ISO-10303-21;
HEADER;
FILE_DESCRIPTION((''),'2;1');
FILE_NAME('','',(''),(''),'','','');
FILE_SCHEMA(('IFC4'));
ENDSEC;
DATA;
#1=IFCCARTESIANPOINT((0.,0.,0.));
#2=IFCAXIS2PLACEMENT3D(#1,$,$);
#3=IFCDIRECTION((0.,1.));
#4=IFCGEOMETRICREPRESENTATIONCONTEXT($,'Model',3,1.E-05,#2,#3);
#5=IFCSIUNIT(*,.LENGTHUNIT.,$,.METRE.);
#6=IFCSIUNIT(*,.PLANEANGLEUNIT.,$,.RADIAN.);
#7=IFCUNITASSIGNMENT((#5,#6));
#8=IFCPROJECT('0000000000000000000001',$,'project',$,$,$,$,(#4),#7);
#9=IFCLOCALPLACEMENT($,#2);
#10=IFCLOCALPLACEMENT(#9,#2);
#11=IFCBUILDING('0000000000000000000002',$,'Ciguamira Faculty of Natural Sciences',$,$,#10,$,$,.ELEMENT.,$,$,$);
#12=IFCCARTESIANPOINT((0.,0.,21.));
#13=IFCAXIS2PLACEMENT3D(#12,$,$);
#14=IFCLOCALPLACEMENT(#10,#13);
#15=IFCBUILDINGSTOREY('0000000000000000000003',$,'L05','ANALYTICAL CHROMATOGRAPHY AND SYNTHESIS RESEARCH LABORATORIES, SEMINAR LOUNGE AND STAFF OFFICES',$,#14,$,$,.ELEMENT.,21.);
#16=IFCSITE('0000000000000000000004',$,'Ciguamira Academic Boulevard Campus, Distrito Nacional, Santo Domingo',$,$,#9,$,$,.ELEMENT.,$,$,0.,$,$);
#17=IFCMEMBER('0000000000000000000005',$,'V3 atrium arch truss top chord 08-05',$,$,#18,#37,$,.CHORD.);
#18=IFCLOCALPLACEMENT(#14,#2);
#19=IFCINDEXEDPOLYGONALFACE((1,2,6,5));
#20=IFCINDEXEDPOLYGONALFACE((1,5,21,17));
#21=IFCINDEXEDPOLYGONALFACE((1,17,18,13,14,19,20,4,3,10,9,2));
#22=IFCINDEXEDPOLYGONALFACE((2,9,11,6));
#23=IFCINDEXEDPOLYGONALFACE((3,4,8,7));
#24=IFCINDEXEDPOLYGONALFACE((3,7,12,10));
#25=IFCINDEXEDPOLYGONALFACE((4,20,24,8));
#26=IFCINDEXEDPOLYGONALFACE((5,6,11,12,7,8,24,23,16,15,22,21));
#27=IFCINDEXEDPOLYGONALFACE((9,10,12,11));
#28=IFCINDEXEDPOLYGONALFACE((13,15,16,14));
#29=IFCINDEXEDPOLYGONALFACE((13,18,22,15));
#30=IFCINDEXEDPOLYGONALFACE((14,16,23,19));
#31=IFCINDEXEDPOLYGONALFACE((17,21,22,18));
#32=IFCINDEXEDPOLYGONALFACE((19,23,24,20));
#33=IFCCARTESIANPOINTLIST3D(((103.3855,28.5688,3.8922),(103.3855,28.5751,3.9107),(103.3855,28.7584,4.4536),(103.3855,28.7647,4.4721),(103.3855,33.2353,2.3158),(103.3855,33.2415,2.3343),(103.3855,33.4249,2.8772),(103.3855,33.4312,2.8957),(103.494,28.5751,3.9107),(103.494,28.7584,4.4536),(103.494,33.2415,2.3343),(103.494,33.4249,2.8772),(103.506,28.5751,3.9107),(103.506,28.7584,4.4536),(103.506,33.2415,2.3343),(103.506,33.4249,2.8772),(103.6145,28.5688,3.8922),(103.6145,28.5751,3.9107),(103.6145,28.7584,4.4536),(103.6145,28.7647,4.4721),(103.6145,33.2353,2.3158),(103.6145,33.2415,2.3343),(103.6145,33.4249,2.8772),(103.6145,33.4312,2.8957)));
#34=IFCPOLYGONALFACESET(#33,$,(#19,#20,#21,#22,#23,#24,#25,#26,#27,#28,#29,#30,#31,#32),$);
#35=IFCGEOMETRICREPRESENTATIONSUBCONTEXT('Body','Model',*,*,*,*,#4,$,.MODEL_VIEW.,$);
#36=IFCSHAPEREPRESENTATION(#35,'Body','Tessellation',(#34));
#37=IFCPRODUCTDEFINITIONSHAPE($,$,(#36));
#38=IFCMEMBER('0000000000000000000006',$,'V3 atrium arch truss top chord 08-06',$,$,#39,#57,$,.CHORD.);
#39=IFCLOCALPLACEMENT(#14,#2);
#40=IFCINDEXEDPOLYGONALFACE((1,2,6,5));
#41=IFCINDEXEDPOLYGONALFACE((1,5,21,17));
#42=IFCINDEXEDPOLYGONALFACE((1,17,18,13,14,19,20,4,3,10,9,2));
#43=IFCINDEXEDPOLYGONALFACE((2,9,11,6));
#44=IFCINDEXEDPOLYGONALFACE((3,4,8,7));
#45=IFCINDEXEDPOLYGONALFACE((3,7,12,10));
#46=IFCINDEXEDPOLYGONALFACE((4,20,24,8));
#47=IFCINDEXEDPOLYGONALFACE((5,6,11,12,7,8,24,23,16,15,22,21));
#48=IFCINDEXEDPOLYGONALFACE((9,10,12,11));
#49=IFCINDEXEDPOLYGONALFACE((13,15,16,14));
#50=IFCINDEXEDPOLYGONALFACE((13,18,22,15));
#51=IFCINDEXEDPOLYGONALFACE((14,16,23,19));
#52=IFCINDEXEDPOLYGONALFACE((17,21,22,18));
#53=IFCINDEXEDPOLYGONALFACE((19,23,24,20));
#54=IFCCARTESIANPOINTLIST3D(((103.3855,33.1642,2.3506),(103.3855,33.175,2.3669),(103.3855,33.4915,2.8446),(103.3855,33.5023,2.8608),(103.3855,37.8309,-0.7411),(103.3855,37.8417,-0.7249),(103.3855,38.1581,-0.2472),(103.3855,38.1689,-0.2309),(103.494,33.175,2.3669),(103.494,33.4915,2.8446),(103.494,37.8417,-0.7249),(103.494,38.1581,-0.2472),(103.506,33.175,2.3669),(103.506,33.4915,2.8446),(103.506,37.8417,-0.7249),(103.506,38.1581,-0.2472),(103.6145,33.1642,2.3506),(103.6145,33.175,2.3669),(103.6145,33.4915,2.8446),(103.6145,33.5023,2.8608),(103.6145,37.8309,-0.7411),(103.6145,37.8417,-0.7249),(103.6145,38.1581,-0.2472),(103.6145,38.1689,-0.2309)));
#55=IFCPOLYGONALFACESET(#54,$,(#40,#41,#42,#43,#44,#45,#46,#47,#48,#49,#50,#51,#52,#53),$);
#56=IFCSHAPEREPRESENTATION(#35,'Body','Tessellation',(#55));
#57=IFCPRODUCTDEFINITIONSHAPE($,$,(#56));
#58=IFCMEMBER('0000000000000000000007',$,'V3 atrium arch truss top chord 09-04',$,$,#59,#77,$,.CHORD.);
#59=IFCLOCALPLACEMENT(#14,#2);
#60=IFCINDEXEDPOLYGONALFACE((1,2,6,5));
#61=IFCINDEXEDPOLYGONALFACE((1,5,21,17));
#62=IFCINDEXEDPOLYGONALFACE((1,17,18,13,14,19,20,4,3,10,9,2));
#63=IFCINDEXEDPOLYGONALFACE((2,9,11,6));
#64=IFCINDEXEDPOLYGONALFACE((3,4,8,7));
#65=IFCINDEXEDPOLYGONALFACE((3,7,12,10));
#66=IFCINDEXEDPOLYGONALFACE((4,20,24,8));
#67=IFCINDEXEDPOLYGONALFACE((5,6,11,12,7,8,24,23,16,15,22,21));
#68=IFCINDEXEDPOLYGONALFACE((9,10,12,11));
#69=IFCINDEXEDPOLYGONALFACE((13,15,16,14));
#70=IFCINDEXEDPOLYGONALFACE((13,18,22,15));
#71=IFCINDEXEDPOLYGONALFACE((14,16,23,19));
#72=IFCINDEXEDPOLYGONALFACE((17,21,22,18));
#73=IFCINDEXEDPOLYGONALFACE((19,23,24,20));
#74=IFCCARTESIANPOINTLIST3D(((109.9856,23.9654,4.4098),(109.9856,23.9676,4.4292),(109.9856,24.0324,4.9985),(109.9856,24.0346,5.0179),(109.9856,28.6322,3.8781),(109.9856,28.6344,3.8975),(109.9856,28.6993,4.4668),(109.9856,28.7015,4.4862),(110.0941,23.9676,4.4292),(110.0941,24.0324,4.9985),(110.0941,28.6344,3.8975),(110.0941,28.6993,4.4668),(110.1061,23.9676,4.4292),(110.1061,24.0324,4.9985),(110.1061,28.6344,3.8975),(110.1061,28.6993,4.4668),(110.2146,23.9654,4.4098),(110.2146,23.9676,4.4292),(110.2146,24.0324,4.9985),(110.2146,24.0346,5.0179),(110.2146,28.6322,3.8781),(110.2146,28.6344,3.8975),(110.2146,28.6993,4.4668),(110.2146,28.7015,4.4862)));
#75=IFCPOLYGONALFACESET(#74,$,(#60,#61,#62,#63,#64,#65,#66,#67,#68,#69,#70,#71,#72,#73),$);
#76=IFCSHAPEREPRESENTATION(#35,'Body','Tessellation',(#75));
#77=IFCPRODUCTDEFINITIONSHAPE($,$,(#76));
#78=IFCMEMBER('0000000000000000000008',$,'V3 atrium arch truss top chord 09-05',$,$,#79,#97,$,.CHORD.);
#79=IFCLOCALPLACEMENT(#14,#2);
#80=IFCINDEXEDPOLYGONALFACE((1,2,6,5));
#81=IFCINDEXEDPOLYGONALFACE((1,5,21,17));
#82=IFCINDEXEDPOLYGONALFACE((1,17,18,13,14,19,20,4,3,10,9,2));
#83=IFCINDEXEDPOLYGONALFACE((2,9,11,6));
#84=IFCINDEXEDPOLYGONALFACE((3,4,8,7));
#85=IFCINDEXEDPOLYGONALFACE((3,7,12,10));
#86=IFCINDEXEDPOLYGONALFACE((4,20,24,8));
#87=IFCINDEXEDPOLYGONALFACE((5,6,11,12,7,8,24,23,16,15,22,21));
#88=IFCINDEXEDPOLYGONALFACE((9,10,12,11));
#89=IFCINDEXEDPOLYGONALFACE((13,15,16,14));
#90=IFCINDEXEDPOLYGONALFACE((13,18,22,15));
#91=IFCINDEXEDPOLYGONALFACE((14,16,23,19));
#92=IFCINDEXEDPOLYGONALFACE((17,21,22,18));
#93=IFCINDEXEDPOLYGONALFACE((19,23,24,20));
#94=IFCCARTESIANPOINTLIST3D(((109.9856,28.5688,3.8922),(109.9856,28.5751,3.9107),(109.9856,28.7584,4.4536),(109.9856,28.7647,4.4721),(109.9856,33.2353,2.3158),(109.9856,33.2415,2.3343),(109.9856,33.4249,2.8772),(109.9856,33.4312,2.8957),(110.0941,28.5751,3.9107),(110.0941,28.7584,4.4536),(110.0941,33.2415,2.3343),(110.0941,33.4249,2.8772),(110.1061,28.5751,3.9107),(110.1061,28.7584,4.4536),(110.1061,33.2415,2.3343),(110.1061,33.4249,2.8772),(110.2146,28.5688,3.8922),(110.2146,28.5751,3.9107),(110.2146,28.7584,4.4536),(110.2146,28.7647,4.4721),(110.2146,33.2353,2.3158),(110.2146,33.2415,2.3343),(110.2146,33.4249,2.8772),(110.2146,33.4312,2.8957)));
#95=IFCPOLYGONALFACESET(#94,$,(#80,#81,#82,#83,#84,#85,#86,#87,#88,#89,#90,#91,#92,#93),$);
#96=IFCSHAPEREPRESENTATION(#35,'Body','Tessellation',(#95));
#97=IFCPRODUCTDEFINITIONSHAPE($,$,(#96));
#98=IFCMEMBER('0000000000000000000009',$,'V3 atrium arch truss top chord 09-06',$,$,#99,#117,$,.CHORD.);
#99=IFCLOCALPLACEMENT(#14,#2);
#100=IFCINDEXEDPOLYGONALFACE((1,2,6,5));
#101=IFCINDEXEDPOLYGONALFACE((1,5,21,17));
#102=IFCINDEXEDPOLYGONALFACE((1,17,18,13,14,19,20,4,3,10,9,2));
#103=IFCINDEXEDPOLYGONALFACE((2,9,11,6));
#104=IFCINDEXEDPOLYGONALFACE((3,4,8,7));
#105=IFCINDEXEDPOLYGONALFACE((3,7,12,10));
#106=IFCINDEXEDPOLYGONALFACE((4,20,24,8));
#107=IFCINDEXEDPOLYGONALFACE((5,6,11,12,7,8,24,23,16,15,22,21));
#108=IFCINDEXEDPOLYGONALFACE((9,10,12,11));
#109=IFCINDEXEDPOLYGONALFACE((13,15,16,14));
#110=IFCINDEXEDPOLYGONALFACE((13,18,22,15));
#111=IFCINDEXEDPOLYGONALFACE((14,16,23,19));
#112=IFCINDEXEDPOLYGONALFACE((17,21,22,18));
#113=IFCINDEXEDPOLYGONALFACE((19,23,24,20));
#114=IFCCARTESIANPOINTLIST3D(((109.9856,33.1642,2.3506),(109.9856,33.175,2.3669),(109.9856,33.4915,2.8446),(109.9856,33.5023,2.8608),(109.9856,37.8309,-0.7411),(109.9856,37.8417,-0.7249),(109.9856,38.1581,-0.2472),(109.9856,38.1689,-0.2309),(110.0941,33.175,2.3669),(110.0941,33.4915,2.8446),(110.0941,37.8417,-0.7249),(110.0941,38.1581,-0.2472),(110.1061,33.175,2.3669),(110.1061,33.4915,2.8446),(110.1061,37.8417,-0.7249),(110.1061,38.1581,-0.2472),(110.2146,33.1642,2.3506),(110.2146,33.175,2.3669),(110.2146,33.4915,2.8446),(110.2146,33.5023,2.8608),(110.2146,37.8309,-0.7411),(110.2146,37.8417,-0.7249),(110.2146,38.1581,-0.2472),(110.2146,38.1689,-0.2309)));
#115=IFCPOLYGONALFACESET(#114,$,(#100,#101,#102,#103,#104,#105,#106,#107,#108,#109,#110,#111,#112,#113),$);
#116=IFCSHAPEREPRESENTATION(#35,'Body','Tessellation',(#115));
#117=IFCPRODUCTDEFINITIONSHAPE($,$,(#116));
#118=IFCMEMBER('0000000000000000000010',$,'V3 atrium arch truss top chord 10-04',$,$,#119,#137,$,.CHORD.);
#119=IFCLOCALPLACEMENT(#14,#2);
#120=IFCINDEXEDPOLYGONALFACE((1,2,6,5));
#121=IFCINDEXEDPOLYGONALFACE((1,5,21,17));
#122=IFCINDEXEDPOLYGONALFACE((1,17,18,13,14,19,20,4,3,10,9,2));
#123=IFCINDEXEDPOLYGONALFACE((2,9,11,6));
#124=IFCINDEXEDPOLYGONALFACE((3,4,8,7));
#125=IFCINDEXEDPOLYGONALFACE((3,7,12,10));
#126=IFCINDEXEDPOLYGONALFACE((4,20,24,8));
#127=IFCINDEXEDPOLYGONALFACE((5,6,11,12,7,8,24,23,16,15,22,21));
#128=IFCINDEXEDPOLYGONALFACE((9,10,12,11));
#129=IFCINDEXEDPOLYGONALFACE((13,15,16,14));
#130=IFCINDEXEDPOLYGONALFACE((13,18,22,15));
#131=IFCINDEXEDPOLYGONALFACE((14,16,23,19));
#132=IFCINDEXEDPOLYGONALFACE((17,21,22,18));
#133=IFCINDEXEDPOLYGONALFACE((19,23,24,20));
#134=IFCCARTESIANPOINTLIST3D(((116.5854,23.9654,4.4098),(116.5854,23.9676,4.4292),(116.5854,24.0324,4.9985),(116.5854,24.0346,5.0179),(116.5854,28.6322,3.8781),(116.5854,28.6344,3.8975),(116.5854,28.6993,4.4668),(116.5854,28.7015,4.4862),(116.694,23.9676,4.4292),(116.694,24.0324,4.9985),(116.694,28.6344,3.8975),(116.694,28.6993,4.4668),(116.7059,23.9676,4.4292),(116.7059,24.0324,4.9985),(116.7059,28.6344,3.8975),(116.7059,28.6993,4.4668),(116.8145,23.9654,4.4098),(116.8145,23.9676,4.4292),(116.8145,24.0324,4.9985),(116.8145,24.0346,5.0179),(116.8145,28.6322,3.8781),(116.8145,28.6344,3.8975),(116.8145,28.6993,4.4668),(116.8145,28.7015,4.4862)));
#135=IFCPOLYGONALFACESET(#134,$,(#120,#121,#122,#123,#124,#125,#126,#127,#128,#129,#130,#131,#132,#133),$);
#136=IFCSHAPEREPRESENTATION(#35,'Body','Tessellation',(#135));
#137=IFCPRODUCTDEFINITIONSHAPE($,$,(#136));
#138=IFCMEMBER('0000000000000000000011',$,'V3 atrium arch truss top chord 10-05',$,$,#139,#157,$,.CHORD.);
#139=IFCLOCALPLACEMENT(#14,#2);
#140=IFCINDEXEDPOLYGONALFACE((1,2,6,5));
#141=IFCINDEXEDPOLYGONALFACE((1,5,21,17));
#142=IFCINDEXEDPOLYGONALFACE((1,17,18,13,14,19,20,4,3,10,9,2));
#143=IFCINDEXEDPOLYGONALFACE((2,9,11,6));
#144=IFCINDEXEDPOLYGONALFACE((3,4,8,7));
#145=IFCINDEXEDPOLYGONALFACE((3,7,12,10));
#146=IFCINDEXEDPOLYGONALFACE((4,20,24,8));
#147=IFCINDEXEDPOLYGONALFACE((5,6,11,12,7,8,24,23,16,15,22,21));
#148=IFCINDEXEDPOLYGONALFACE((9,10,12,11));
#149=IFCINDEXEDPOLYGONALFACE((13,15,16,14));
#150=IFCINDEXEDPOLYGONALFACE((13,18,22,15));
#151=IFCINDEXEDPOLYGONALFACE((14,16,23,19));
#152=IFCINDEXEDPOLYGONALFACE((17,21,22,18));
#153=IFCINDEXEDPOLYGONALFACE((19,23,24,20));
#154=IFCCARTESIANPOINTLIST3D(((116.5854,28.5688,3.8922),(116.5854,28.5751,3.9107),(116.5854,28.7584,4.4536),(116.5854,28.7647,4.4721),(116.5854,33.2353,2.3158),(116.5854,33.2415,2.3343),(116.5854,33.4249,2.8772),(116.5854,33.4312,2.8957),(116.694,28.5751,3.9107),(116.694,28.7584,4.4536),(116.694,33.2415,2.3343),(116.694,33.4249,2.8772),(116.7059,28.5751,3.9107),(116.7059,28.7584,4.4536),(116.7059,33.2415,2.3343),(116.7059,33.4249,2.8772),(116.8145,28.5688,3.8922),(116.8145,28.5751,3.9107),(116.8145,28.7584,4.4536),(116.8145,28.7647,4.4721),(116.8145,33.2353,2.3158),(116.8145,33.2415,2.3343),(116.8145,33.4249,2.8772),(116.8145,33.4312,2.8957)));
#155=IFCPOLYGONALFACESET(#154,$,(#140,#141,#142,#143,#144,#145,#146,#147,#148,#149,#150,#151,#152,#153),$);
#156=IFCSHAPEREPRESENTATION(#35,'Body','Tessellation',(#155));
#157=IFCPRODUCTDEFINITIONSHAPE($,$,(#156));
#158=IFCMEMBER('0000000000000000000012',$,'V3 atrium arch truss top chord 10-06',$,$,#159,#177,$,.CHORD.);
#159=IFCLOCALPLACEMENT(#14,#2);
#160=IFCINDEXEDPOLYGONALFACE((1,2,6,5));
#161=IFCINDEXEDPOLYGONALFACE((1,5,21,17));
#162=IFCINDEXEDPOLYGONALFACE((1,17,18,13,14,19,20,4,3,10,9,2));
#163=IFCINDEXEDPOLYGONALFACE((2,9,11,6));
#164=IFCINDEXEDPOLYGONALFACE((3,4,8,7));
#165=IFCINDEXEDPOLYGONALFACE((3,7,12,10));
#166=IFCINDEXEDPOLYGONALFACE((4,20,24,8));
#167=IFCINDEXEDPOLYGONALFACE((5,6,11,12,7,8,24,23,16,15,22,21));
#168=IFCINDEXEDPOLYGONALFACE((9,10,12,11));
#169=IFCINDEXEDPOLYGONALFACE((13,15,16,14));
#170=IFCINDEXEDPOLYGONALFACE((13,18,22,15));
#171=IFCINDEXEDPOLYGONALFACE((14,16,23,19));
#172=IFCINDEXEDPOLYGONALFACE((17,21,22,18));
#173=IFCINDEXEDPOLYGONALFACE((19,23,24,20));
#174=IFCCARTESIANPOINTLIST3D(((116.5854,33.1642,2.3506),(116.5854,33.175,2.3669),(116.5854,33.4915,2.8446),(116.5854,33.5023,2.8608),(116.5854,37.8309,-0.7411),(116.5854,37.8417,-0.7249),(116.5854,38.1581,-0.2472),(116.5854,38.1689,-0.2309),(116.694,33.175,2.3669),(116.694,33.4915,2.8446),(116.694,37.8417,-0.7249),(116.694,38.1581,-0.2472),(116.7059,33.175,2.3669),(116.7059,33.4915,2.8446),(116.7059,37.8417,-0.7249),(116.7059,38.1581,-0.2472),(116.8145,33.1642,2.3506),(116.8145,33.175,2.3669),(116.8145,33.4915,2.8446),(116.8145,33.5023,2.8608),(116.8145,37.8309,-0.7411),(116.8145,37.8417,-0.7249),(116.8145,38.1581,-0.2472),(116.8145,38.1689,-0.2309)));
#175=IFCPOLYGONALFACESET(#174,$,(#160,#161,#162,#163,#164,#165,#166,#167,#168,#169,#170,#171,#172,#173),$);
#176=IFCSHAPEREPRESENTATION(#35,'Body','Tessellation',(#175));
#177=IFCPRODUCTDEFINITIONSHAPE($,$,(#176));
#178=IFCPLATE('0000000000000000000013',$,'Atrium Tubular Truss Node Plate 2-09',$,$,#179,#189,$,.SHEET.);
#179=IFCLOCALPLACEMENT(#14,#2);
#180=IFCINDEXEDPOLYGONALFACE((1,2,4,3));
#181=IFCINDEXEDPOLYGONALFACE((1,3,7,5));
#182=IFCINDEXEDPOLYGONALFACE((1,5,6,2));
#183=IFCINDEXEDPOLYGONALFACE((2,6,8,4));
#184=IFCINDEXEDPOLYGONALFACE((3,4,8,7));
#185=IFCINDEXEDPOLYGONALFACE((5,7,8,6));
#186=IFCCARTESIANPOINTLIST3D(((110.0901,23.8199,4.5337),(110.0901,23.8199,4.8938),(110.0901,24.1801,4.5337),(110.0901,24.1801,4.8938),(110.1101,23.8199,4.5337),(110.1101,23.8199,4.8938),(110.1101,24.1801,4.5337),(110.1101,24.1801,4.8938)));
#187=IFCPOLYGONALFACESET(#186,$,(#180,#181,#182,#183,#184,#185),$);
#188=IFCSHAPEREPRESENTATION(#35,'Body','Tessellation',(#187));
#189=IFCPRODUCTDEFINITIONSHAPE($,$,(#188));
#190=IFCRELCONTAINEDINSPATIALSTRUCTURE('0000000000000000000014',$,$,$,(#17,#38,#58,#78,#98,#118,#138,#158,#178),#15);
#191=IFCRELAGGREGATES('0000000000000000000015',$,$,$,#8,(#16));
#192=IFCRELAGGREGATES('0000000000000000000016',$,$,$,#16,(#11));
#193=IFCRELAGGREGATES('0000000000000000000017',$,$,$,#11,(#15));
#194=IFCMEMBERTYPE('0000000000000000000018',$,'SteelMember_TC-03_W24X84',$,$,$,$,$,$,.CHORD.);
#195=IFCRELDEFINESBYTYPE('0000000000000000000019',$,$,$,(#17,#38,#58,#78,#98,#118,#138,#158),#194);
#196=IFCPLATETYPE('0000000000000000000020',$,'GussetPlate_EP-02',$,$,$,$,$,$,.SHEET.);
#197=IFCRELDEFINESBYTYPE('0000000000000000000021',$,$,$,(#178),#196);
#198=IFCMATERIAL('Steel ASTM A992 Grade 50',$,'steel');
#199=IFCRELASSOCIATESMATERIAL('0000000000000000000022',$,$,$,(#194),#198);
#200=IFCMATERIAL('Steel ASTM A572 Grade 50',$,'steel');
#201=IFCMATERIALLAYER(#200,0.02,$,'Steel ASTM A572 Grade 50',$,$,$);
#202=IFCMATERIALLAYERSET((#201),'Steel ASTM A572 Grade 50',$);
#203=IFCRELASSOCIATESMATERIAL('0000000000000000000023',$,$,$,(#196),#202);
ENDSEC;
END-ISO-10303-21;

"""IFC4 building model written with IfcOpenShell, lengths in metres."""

from ifc_helpers import new_model, si_unit, direction, frame, origin, origin_2d, place, context, subcontext, project, spatial, rectangle, i_section, extrude, material, layer, layer_set, material_profile, profile_set, type_object, element, save


model = new_model("IFC4")

# Units and contexts
model_context = context("Model", 3, precision=1e-05, world=origin(), true_north=direction((0.0, 1.0)))
body_context = subcontext(model_context, "Body", "Model", "MODEL_VIEW")
ifc_project = project(units=[si_unit("LENGTHUNIT", "METRE"), si_unit("PLANEANGLEUNIT", "RADIAN")], contexts=[model_context])

# Site, building, storey
site_placement = place(None, origin())
site = spatial("IfcSite", under=ifc_project, at=site_placement, Name="Ciguamira Academic Boulevard Campus, Distrito Nacional, Santo Domingo", CompositionType="ELEMENT", RefElevation=0.0)
building_placement = place(site_placement, origin())
building = spatial("IfcBuilding", under=site, at=building_placement, Name="Ciguamira Faculty of Natural Sciences", CompositionType="ELEMENT")
storey_placement = place(building_placement, frame((0.0, 0.0, 21.0)))
storey = spatial("IfcBuildingStorey", under=building, at=storey_placement, Name="L05", Description="ANALYTICAL CHROMATOGRAPHY AND SYNTHESIS RESEARCH LABORATORIES, SEMINAR LOUNGE AND STAFF OFFICES", CompositionType="ELEMENT", Elevation=21.0)

# Members
ifc_material_1 = material(Name="Steel ASTM A992 Grade 50", Category="steel")
ifc_material_profile_1 = material_profile(ifc_material_1, i_section(OverallWidth=0.229, OverallDepth=0.6121, WebThickness=0.012, FlangeThickness=0.0195, at=origin_2d()), Name="W24X84")
ifc_profile_set_1 = profile_set([ifc_material_profile_1], Name="Steel ASTM A992 Grade 50")
member_type_1 = type_object("IfcMemberType", Name="SteelMember_TC-03_W24X84", PredefinedType="CHORD", material=ifc_profile_set_1)
member_1_placement = place(storey_placement, frame((103.5, 28.6667, 4.1821), z_axis=(0.0, 0.947402, -0.320047), x_axis=(-1.0, 0.0, 0.0)))
element("IfcMember", 1, at=member_1_placement, inside=storey, type_object=member_type_1, Name="V3 atrium arch truss top chord 08-05", PredefinedType="CHORD", context=body_context, shape_type="SweptSolid", body=[
    extrude(i_section(OverallWidth=0.229, OverallDepth=0.6121, WebThickness=0.012, FlangeThickness=0.0195, at=origin_2d()), origin(), (0.0, 0.0, 1.0), 4.9255),
])
member_2_placement = place(storey_placement, frame((103.5, 33.3333, 2.6057), z_axis=(0.0, 0.833644, -0.552303), x_axis=(-1.0, 0.0, 0.0)))
element("IfcMember", 2, at=member_2_placement, inside=storey, type_object=member_type_1, Name="V3 atrium arch truss top chord 08-06", PredefinedType="CHORD", context=body_context, shape_type="SweptSolid", body=[
    extrude(i_section(OverallWidth=0.229, OverallDepth=0.6121, WebThickness=0.012, FlangeThickness=0.0195, at=origin_2d()), origin(), (0.0, 0.0, 1.0), 5.5979),
])
member_3_placement = place(storey_placement, frame((110.1001, 24.0, 4.7139), z_axis=(0.0, 0.993571, -0.113209), x_axis=(-1.0, 0.0, 0.0)))
element("IfcMember", 3, at=member_3_placement, inside=storey, type_object=member_type_1, Name="V3 atrium arch truss top chord 09-04", PredefinedType="CHORD", context=body_context, shape_type="SweptSolid", body=[
    extrude(i_section(OverallWidth=0.229, OverallDepth=0.6121, WebThickness=0.012, FlangeThickness=0.0195, at=origin_2d()), origin(), (0.0, 0.0, 1.0), 4.697),
])
member_4_placement = place(storey_placement, frame((110.1001, 28.6667, 4.1821), z_axis=(0.0, 0.947402, -0.320047), x_axis=(-1.0, 0.0, 0.0)))
element("IfcMember", 4, at=member_4_placement, inside=storey, type_object=member_type_1, Name="V3 atrium arch truss top chord 09-05", PredefinedType="CHORD", context=body_context, shape_type="SweptSolid", body=[
    extrude(i_section(OverallWidth=0.229, OverallDepth=0.6121, WebThickness=0.012, FlangeThickness=0.0195, at=origin_2d()), origin(), (0.0, 0.0, 1.0), 4.9255),
])
member_5_placement = place(storey_placement, frame((110.1001, 33.3333, 2.6057), z_axis=(0.0, 0.833644, -0.552303), x_axis=(-1.0, 0.0, 0.0)))
element("IfcMember", 5, at=member_5_placement, inside=storey, type_object=member_type_1, Name="V3 atrium arch truss top chord 09-06", PredefinedType="CHORD", context=body_context, shape_type="SweptSolid", body=[
    extrude(i_section(OverallWidth=0.229, OverallDepth=0.6121, WebThickness=0.012, FlangeThickness=0.0195, at=origin_2d()), origin(), (0.0, 0.0, 1.0), 5.5979),
])
member_6_placement = place(storey_placement, frame((116.7, 24.0, 4.7139), z_axis=(0.0, 0.993571, -0.113209), x_axis=(-1.0, 0.0, 0.0)))
element("IfcMember", 6, at=member_6_placement, inside=storey, type_object=member_type_1, Name="V3 atrium arch truss top chord 10-04", PredefinedType="CHORD", context=body_context, shape_type="SweptSolid", body=[
    extrude(i_section(OverallWidth=0.229, OverallDepth=0.6121, WebThickness=0.012, FlangeThickness=0.0195, at=origin_2d()), origin(), (0.0, 0.0, 1.0), 4.697),
])
member_7_placement = place(storey_placement, frame((116.7, 28.6667, 4.1821), z_axis=(0.0, 0.947402, -0.320047), x_axis=(-1.0, 0.0, 0.0)))
element("IfcMember", 7, at=member_7_placement, inside=storey, type_object=member_type_1, Name="V3 atrium arch truss top chord 10-05", PredefinedType="CHORD", context=body_context, shape_type="SweptSolid", body=[
    extrude(i_section(OverallWidth=0.229, OverallDepth=0.6121, WebThickness=0.012, FlangeThickness=0.0195, at=origin_2d()), origin(), (0.0, 0.0, 1.0), 4.9255),
])
member_8_placement = place(storey_placement, frame((116.7, 33.3333, 2.6057), z_axis=(0.0, 0.833644, -0.552303), x_axis=(-1.0, 0.0, 0.0)))
element("IfcMember", 8, at=member_8_placement, inside=storey, type_object=member_type_1, Name="V3 atrium arch truss top chord 10-06", PredefinedType="CHORD", context=body_context, shape_type="SweptSolid", body=[
    extrude(i_section(OverallWidth=0.229, OverallDepth=0.6121, WebThickness=0.012, FlangeThickness=0.0195, at=origin_2d()), origin(), (0.0, 0.0, 1.0), 5.5979),
])

# Plate
ifc_material_2 = material(Name="Steel ASTM A572 Grade 50", Category="steel")
ifc_layer_1 = layer(ifc_material_2, 0.02, Name="Steel ASTM A572 Grade 50")
ifc_layer_set_1 = layer_set([ifc_layer_1], Name="Steel ASTM A572 Grade 50")
plate_type = type_object("IfcPlateType", Name="GussetPlate_EP-02", PredefinedType="SHEET", material=ifc_layer_set_1)
for number, where, z_axis, x_axis, name in (
    (9, (110.1001, 24.0, 4.5337), (0.0, 0.0, 1.0), (1.0, 0.0, 0.0), "Atrium Tubular Truss Node Plate 2-09"),
):
    element("IfcPlate", number, at=place(storey_placement, frame(where, z_axis=z_axis, x_axis=x_axis)), inside=storey, type_object=plate_type, Name=name, PredefinedType="SHEET", context=body_context, shape_type="SweptSolid", body=[
        extrude(rectangle(XDim=0.02, YDim=0.3601, at=origin_2d()), origin(), (0.0, 0.0, 1.0), 0.3601),
    ])

save(model, "model.ifc")
